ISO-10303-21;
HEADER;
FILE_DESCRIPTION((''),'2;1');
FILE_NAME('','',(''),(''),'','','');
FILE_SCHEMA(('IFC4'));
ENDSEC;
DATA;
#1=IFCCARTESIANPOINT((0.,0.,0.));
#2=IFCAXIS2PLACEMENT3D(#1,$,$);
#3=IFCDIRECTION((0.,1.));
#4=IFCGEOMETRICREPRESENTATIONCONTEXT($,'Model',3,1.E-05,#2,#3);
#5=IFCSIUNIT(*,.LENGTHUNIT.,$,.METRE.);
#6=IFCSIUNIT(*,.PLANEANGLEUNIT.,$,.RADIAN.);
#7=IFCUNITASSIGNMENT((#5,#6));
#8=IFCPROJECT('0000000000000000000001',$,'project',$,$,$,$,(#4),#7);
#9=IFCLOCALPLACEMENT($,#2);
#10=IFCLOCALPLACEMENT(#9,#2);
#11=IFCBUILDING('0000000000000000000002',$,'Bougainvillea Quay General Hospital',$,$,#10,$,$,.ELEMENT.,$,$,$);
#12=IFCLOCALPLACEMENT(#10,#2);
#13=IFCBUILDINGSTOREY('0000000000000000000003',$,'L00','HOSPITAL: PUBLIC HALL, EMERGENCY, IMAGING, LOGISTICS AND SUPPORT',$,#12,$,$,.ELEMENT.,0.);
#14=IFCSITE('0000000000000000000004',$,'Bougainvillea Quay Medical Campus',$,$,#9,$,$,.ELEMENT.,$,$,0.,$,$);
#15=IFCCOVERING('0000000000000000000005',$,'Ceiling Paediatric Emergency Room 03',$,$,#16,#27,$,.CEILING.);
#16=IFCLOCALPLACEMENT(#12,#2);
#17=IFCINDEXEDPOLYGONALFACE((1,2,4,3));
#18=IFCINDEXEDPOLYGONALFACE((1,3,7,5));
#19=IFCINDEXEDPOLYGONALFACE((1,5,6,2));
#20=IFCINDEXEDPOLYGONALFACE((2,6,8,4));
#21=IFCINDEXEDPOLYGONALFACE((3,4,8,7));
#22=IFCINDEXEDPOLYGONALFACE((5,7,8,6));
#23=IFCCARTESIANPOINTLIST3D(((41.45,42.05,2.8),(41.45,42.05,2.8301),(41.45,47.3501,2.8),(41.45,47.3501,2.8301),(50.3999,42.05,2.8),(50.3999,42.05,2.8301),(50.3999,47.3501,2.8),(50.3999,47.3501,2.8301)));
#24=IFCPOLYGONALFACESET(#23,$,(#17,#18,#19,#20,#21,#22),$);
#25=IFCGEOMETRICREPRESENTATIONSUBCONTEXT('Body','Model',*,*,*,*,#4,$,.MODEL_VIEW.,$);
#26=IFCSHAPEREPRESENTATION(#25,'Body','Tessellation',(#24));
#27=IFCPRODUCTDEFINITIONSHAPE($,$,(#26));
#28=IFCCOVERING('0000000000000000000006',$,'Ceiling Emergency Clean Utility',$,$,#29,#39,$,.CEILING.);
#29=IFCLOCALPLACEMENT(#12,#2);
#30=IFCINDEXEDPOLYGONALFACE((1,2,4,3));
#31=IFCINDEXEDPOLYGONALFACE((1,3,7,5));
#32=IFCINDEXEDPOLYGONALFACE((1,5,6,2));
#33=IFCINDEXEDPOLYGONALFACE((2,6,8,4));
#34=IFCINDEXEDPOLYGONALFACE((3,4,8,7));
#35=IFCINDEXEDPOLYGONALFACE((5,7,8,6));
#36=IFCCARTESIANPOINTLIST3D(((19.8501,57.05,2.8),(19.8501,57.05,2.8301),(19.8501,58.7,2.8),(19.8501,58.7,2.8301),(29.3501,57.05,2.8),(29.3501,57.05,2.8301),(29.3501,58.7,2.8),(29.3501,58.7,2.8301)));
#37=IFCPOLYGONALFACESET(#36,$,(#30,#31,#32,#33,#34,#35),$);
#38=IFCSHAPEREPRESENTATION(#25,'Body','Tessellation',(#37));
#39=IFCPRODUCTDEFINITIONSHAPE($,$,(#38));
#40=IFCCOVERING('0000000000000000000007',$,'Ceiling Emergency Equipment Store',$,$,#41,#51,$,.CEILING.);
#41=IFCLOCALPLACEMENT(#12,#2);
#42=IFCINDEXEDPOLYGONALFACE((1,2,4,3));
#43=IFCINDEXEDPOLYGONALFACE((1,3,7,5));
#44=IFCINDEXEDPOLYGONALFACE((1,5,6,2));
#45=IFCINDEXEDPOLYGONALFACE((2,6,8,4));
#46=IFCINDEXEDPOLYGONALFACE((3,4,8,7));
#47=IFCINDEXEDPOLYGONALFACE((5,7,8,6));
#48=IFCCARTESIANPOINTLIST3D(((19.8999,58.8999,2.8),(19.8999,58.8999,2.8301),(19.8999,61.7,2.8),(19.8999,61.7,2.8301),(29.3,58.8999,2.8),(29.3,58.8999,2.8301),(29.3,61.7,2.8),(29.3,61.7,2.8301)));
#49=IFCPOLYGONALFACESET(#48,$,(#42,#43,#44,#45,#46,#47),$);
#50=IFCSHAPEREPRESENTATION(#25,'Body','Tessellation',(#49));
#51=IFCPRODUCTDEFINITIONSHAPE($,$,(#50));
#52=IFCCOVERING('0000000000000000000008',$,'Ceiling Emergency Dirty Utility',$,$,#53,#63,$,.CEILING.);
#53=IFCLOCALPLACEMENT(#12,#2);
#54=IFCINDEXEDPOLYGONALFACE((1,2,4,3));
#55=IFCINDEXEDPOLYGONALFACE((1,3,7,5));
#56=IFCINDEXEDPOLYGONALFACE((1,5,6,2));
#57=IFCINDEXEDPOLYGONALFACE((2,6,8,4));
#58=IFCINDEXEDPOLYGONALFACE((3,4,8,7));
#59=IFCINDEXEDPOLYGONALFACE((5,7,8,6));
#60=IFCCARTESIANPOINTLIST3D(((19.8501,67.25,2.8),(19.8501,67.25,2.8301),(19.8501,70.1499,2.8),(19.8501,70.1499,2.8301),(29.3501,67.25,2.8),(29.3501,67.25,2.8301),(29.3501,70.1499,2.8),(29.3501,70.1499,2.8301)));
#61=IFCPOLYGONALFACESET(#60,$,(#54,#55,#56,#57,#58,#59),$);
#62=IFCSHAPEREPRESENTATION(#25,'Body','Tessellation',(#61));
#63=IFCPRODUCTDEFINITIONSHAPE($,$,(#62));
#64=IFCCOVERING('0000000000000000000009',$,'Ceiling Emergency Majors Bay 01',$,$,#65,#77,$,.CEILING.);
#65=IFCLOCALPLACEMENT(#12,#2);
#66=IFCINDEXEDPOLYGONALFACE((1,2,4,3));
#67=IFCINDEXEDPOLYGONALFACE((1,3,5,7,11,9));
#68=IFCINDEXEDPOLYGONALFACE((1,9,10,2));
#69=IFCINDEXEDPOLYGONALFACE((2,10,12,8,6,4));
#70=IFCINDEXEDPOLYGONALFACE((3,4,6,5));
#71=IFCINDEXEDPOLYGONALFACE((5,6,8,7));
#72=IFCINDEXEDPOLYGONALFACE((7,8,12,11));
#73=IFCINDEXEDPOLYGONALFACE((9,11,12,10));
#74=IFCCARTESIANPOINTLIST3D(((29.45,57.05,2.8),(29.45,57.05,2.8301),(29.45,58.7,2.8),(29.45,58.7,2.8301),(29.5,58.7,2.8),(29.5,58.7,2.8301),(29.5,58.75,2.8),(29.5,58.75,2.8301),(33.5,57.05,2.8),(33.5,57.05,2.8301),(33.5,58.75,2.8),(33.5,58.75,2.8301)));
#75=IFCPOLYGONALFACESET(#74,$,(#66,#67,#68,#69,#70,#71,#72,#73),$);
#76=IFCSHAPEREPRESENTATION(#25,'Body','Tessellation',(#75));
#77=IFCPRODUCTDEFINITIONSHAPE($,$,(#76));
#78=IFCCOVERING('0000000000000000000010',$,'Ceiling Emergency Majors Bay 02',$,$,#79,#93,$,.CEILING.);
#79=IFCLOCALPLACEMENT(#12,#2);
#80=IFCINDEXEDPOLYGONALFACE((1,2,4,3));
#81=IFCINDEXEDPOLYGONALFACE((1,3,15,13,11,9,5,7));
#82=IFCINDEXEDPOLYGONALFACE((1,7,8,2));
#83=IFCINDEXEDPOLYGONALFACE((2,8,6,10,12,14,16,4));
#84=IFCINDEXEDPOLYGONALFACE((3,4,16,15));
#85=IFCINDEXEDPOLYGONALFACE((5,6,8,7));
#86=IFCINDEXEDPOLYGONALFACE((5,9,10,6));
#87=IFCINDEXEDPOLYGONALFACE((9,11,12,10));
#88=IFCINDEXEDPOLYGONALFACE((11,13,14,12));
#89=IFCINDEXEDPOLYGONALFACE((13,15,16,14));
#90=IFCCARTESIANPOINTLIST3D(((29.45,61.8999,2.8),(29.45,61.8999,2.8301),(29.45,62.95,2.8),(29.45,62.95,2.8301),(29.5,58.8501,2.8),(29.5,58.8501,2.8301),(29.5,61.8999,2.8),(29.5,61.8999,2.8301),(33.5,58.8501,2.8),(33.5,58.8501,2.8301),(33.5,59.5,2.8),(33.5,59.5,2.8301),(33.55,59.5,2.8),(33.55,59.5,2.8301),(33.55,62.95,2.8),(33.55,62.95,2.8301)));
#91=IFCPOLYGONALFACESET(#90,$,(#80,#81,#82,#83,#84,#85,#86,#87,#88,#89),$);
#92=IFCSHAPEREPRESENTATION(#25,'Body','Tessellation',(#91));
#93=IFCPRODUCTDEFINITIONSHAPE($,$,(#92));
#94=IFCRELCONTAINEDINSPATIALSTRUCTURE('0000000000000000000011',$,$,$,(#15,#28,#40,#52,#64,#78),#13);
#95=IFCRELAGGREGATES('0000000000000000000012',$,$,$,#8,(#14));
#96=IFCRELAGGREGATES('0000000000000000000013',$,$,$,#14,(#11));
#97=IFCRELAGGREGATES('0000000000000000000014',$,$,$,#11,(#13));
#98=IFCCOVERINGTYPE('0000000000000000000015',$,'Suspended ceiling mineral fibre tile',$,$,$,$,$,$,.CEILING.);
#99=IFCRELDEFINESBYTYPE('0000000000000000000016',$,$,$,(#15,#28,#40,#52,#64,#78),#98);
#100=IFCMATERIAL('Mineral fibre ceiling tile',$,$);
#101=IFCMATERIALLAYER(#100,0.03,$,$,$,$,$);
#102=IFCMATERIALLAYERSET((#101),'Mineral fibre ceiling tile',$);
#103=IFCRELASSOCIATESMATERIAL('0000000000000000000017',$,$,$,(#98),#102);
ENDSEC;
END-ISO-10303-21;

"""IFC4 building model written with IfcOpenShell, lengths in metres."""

from ifc_helpers import new_model, si_unit, direction, frame, origin, place, context, subcontext, project, spatial, polyline, outline, extrude, material, layer, layer_set, type_object, element, save


model = new_model("IFC4")

# Units and contexts
model_context = context("Model", 3, precision=1e-05, world=origin(), true_north=direction((0.0, 1.0)))
body_context = subcontext(model_context, "Body", "Model", "MODEL_VIEW")
ifc_project = project(units=[si_unit("LENGTHUNIT", "METRE"), si_unit("PLANEANGLEUNIT", "RADIAN")], contexts=[model_context])

# Site, building, storey
site_placement = place(None, origin())
site = spatial("IfcSite", under=ifc_project, at=site_placement, Name="Bougainvillea Quay Medical Campus", CompositionType="ELEMENT", RefElevation=0.0)
building_placement = place(site_placement, origin())
building = spatial("IfcBuilding", under=site, at=building_placement, Name="Bougainvillea Quay General Hospital", CompositionType="ELEMENT")
storey_placement = place(building_placement, origin())
storey = spatial("IfcBuildingStorey", under=building, at=storey_placement, Name="L00", Description="HOSPITAL: PUBLIC HALL, EMERGENCY, IMAGING, LOGISTICS AND SUPPORT", CompositionType="ELEMENT", Elevation=0.0)

# Coverings
ifc_material = material(Name="Mineral fibre ceiling tile")
ifc_layer = layer(ifc_material, 0.03)
ifc_layer_set = layer_set([ifc_layer], Name="Mineral fibre ceiling tile")
covering_type = type_object("IfcCoveringType", Name="Suspended ceiling mineral fibre tile", PredefinedType="CEILING", material=ifc_layer_set)
covering_1_placement = place(storey_placement, frame((0.0, 0.0, 2.8)))
element("IfcCovering", 1, at=covering_1_placement, inside=storey, type_object=covering_type, Name="Ceiling Paediatric Emergency Room 03", PredefinedType="CEILING", context=body_context, shape_type="SweptSolid", body=[
    extrude(outline(polyline([(50.3999, 47.3501), (41.45, 47.3501), (41.45, 42.05), (50.3999, 42.05), (50.3999, 47.3501)])), origin(), (0.0, 0.0, 1.0), 0.03),
])
covering_2_placement = place(storey_placement, frame((0.0, 0.0, 2.8)))
element("IfcCovering", 2, at=covering_2_placement, inside=storey, type_object=covering_type, Name="Ceiling Emergency Clean Utility", PredefinedType="CEILING", context=body_context, shape_type="SweptSolid", body=[
    extrude(outline(polyline([(19.8501, 57.05), (29.3501, 57.05), (29.3501, 58.7), (19.8501, 58.7), (19.8501, 57.05)])), origin(), (0.0, 0.0, 1.0), 0.03),
])
covering_3_placement = place(storey_placement, frame((0.0, 0.0, 2.8)))
element("IfcCovering", 3, at=covering_3_placement, inside=storey, type_object=covering_type, Name="Ceiling Emergency Equipment Store", PredefinedType="CEILING", context=body_context, shape_type="SweptSolid", body=[
    extrude(outline(polyline([(29.3, 58.8999), (29.3, 61.7), (19.8999, 61.7), (19.8999, 58.8999), (29.3, 58.8999)])), origin(), (0.0, 0.0, 1.0), 0.03),
])
covering_4_placement = place(storey_placement, frame((0.0, 0.0, 2.8)))
element("IfcCovering", 4, at=covering_4_placement, inside=storey, type_object=covering_type, Name="Ceiling Emergency Dirty Utility", PredefinedType="CEILING", context=body_context, shape_type="SweptSolid", body=[
    extrude(outline(polyline([(29.3501, 70.1499), (19.8501, 70.1499), (19.8501, 67.25), (29.3501, 67.25), (29.3501, 70.1499)])), origin(), (0.0, 0.0, 1.0), 0.03),
])
covering_5_placement = place(storey_placement, frame((0.0, 0.0, 2.8)))
element("IfcCovering", 5, at=covering_5_placement, inside=storey, type_object=covering_type, Name="Ceiling Emergency Majors Bay 01", PredefinedType="CEILING", context=body_context, shape_type="SweptSolid", body=[
    extrude(outline(polyline([(29.5, 58.7), (29.45, 58.7), (29.45, 57.05), (33.5, 57.05), (33.5, 58.75), (29.5, 58.75), (29.5, 58.7)])), origin(), (0.0, 0.0, 1.0), 0.03),
])
covering_6_placement = place(storey_placement, frame((0.0, 0.0, 2.8)))
element("IfcCovering", 6, at=covering_6_placement, inside=storey, type_object=covering_type, Name="Ceiling Emergency Majors Bay 02", PredefinedType="CEILING", context=body_context, shape_type="SweptSolid", body=[
    extrude(outline(polyline([(33.5, 58.8501), (33.5, 59.5), (33.55, 59.5), (33.55, 62.95), (29.45, 62.95), (29.45, 61.8999), (29.5, 61.8999), (29.5, 58.8501), (33.5, 58.8501)])), origin(), (0.0, 0.0, 1.0), 0.03),
])

save(model, "model.ifc")
